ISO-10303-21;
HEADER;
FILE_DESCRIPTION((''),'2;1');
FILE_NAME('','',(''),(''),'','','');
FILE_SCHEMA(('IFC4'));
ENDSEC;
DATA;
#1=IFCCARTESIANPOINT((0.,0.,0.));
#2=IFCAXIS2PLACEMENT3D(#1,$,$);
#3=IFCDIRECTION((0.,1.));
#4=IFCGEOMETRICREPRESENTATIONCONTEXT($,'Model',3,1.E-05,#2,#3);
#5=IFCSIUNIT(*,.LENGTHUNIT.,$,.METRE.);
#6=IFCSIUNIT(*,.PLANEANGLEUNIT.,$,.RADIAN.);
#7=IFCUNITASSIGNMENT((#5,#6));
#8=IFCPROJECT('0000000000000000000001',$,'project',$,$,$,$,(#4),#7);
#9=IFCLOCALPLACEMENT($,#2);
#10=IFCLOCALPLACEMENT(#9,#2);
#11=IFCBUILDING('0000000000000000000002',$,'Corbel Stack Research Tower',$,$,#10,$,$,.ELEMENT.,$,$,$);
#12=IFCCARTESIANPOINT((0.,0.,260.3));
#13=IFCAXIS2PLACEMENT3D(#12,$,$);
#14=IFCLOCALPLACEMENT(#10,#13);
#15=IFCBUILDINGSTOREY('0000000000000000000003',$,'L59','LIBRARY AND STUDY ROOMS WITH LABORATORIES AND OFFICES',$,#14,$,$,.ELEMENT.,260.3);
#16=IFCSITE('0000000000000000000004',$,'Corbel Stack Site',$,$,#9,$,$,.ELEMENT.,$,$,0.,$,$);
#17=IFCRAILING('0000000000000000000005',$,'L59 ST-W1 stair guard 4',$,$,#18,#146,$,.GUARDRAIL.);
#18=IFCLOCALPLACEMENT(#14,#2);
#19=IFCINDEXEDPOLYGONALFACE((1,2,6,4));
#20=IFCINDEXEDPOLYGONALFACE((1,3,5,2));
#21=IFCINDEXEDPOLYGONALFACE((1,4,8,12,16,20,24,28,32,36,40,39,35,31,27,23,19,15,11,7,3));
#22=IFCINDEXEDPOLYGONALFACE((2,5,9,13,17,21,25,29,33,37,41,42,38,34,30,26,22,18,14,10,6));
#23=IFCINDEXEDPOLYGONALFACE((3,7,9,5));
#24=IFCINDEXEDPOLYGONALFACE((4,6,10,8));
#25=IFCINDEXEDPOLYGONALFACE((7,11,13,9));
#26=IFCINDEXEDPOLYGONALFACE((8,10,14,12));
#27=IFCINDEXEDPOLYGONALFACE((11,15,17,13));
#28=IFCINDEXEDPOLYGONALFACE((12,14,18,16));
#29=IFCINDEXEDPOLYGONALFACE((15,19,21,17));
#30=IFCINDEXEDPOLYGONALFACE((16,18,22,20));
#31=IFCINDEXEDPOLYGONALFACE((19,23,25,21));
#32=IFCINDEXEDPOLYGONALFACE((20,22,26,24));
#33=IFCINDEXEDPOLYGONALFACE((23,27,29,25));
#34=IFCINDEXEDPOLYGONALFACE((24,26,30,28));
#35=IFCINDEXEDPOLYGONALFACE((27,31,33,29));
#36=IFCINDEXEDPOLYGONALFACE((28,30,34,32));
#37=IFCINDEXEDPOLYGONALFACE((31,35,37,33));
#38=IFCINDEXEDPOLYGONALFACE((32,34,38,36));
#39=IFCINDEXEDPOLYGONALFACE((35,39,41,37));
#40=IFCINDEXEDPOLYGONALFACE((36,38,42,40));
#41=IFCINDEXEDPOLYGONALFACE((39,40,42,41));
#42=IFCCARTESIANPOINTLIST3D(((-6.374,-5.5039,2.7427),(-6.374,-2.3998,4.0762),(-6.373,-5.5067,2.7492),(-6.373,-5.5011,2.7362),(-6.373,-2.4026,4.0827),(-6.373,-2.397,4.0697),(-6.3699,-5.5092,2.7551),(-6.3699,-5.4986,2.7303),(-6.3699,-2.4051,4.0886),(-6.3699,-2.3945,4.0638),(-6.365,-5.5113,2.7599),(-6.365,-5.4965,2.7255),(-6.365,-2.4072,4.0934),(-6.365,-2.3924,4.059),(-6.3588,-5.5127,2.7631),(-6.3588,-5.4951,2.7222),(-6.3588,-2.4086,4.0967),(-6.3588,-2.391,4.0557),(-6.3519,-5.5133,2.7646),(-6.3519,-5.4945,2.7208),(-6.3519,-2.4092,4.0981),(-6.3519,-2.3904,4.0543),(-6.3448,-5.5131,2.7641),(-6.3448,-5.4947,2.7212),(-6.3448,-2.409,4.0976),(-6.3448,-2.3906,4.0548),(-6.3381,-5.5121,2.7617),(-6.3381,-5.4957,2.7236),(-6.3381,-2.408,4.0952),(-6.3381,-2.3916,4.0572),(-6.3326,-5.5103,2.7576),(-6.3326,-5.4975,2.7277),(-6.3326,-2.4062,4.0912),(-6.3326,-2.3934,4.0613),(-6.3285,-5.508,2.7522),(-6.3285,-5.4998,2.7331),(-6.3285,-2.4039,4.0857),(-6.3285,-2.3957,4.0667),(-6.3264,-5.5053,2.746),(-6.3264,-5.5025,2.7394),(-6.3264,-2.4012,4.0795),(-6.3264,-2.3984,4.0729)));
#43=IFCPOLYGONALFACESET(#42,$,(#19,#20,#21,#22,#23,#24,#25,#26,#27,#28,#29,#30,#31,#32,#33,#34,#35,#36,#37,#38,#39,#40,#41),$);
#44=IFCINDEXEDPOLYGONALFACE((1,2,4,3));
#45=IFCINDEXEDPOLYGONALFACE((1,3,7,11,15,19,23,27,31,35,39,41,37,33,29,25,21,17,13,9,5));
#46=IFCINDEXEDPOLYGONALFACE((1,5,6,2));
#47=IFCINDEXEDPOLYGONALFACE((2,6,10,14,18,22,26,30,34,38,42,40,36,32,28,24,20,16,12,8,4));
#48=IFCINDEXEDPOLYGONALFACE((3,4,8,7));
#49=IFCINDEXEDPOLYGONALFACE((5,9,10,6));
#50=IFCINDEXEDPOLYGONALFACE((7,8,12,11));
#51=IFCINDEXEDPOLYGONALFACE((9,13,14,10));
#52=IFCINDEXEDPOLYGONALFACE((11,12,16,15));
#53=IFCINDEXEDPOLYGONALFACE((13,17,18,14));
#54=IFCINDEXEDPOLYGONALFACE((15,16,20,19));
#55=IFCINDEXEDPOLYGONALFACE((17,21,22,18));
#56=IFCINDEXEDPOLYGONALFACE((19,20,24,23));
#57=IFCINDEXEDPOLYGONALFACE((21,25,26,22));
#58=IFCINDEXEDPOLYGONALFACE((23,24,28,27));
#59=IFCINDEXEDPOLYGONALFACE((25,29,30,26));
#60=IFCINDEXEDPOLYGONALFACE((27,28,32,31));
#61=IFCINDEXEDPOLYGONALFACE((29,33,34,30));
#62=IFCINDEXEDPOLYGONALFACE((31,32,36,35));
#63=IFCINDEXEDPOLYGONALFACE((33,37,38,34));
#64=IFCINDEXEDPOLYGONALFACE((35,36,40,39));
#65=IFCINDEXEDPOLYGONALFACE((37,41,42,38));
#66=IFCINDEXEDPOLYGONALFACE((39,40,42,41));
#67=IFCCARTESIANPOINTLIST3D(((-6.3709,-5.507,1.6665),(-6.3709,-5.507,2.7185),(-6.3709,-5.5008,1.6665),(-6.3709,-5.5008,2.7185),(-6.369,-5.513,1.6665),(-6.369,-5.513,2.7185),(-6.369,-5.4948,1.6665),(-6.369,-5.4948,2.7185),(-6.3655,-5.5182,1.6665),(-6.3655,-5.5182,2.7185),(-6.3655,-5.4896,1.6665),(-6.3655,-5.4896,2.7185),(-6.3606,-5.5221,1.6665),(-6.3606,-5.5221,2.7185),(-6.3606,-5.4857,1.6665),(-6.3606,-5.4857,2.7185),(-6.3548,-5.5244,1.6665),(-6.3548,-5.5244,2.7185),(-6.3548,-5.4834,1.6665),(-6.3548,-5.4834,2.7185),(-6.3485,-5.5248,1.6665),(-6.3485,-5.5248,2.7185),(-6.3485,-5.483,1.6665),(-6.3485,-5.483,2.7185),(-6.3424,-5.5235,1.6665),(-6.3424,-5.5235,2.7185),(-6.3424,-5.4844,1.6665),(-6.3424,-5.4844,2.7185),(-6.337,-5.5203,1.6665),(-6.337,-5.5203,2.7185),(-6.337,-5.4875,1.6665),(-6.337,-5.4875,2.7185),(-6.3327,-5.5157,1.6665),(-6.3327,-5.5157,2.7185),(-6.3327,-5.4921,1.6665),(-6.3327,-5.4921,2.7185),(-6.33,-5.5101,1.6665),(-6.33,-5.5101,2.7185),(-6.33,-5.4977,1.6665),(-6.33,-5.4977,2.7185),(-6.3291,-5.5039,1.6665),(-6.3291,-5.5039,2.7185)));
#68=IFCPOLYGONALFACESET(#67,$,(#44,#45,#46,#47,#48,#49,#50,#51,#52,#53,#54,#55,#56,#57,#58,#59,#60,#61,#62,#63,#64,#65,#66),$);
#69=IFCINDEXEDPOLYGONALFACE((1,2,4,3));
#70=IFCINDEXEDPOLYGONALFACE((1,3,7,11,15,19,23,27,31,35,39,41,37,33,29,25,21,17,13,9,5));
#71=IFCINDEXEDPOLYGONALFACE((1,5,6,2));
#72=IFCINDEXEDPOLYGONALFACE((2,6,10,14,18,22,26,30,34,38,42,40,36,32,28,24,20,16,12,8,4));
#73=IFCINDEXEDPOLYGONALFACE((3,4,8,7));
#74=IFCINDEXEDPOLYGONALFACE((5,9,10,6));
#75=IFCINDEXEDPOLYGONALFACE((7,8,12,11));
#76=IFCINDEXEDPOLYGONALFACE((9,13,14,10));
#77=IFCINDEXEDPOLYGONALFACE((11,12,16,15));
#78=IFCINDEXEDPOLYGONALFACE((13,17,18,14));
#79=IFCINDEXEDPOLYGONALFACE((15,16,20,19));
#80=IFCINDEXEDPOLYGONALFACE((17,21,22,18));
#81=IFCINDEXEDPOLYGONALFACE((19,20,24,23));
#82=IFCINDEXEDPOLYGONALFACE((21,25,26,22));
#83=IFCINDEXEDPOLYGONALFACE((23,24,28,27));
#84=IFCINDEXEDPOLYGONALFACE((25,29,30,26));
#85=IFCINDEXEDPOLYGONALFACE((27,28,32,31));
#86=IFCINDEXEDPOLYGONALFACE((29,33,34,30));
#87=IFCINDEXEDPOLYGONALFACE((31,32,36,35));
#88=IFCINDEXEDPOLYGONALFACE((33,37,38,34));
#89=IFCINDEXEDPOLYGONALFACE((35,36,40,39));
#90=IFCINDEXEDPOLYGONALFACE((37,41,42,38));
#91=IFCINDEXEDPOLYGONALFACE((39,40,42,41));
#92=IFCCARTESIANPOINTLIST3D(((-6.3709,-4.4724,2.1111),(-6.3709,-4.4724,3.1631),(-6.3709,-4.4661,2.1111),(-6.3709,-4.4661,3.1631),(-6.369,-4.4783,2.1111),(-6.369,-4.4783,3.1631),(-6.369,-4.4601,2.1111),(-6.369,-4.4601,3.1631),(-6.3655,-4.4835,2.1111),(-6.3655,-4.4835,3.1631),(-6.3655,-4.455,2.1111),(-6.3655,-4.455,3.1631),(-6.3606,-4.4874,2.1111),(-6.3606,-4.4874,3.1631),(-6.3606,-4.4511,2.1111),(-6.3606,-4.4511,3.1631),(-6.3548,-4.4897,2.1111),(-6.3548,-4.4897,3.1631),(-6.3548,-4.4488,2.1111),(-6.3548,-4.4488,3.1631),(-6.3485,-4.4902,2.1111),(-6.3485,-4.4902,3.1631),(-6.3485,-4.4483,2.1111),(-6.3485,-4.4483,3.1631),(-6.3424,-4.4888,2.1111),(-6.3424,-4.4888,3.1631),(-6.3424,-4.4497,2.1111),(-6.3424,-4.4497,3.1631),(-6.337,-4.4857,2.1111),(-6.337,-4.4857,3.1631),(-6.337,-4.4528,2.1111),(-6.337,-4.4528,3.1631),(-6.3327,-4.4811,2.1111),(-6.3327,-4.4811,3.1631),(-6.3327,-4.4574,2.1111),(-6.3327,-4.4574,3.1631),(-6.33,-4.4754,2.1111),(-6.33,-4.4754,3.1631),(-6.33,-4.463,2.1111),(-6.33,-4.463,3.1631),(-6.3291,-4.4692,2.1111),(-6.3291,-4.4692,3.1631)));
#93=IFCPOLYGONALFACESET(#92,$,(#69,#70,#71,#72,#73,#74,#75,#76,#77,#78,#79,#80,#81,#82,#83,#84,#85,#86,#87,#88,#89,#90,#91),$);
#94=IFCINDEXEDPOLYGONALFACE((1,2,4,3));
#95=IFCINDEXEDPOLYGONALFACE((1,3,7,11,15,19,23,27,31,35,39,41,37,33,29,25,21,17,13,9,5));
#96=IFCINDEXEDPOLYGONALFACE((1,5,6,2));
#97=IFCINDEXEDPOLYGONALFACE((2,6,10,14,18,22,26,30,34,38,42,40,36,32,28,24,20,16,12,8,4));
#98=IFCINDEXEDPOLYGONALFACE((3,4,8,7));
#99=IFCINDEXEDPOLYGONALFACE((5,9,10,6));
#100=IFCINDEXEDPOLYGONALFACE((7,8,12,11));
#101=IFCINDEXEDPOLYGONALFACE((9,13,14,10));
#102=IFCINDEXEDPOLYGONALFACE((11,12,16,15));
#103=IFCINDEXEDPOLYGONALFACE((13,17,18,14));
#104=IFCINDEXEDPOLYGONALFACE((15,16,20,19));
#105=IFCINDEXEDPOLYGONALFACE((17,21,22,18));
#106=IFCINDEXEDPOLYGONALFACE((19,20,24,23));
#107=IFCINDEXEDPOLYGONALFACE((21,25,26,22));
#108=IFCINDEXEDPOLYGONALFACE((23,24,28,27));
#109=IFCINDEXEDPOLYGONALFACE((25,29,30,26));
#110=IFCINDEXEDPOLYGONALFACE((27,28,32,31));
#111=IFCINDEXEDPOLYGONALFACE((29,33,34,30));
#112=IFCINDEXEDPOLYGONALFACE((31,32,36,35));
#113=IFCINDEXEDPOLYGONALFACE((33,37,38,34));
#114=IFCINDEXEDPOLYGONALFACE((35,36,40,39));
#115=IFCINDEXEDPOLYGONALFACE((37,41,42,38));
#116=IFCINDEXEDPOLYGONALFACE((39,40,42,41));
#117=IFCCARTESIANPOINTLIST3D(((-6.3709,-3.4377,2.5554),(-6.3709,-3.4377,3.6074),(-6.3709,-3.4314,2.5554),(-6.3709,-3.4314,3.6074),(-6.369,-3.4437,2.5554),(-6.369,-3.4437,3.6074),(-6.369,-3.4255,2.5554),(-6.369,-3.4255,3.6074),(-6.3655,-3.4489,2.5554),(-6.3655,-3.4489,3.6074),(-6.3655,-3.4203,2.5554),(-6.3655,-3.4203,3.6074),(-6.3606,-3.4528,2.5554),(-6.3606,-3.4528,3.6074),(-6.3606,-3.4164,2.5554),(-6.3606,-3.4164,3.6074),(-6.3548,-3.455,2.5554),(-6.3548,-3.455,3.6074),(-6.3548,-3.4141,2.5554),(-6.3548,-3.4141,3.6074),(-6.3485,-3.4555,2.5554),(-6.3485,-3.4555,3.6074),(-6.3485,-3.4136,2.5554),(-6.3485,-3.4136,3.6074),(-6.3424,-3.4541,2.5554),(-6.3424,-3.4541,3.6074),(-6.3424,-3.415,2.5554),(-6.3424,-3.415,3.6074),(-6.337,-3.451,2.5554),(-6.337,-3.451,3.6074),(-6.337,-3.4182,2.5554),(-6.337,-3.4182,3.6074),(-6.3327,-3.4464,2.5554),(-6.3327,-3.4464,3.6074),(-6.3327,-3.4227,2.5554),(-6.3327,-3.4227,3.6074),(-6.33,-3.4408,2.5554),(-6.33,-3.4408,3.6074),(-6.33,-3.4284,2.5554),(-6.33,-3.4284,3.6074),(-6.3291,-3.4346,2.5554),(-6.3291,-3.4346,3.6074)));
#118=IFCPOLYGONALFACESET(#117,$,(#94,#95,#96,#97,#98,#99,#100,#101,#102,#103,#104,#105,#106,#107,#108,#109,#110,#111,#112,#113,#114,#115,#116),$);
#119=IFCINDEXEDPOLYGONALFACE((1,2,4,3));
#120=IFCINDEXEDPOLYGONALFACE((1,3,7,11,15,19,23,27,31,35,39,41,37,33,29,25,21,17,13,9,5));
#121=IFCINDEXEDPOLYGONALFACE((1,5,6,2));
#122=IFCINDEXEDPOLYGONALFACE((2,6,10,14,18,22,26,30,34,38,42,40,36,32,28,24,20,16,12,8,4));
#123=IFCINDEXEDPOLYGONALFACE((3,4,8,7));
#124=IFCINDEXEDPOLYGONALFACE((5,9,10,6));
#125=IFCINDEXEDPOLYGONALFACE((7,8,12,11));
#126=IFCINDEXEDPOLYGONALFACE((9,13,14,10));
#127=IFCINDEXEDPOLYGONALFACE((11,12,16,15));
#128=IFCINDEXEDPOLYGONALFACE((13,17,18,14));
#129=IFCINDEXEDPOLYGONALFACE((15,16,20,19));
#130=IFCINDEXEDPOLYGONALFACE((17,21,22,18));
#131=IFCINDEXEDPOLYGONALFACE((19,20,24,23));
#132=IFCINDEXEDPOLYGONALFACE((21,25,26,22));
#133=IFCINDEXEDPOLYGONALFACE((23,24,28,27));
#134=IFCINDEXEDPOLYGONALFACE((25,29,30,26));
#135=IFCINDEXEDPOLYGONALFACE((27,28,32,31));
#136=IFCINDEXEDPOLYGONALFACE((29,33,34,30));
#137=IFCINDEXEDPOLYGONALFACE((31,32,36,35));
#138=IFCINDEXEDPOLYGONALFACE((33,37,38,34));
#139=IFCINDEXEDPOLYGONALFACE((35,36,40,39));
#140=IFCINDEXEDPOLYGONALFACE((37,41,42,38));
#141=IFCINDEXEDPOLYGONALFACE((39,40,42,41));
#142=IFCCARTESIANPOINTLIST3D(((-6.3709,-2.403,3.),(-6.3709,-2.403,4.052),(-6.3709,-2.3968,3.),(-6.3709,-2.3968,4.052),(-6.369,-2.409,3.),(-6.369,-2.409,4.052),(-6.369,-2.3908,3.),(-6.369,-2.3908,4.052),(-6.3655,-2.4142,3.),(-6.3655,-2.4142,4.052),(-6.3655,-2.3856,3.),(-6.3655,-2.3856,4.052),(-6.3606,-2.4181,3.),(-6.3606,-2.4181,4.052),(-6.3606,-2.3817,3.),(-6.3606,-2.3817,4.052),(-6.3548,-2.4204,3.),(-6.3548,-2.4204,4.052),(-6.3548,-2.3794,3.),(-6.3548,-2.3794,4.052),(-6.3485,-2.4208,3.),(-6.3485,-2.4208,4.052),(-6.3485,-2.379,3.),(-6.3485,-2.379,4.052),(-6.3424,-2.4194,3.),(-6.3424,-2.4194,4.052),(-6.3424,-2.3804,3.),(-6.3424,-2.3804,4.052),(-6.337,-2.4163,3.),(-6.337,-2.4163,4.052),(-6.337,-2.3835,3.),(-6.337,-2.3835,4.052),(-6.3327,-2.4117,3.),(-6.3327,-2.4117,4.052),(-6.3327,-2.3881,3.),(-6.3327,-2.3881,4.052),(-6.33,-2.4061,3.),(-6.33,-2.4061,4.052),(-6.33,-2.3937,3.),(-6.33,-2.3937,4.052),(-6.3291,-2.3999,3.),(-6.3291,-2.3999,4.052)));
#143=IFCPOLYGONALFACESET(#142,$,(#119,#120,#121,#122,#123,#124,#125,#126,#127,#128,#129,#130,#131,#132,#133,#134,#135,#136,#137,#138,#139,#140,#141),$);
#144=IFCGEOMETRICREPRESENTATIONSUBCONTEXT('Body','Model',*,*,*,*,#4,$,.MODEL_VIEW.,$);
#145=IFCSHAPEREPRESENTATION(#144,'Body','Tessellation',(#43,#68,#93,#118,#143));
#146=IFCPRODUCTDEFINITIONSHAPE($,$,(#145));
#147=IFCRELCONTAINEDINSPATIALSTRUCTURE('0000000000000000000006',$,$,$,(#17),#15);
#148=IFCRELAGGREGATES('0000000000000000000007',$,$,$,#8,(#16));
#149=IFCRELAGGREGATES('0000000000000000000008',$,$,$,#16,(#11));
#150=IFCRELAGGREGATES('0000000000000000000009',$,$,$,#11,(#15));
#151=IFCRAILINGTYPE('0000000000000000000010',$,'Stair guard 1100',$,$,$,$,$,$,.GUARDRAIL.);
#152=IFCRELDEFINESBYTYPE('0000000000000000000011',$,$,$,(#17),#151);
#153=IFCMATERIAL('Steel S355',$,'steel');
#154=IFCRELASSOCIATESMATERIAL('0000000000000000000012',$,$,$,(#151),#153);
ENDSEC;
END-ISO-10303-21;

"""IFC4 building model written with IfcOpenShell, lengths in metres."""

from ifc_helpers import new_model, si_unit, direction, frame, origin, origin_2d, place, context, subcontext, project, spatial, circle, extrude, material, type_object, element, save


model = new_model("IFC4")

# Units and contexts
model_context = context("Model", 3, precision=1e-05, world=origin(), true_north=direction((0.0, 1.0)))
body_context = subcontext(model_context, "Body", "Model", "MODEL_VIEW")
ifc_project = project(units=[si_unit("LENGTHUNIT", "METRE"), si_unit("PLANEANGLEUNIT", "RADIAN")], contexts=[model_context])

# Site, building, storey
site_placement = place(None, origin())
site = spatial("IfcSite", under=ifc_project, at=site_placement, Name="Corbel Stack Site", CompositionType="ELEMENT", RefElevation=0.0)
building_placement = place(site_placement, origin())
building = spatial("IfcBuilding", under=site, at=building_placement, Name="Corbel Stack Research Tower", CompositionType="ELEMENT")
storey_placement = place(building_placement, frame((0.0, 0.0, 260.3)))
storey = spatial("IfcBuildingStorey", under=building, at=storey_placement, Name="L59", Description="LIBRARY AND STUDY ROOMS WITH LABORATORIES AND OFFICES", CompositionType="ELEMENT", Elevation=260.3)

# Railing
ifc_material_1 = material(Name="Steel S355", Category="steel")
railing_type = type_object("IfcRailingType", Name="Stair guard 1100", PredefinedType="GUARDRAIL", material=ifc_material_1)
railing_1_placement = place(storey_placement, frame((-6.3501, -5.5039, 1.6665)))
element("IfcRailing", 1, at=railing_1_placement, inside=storey, type_object=railing_type, Name="L59 ST-W1 stair guard 4", PredefinedType="GUARDRAIL", context=body_context, shape_type="SweptSolid", body=[
    extrude(circle(Radius=0.0239, at=origin_2d()), frame((0.0, 0.0, 1.0762), z_axis=(0.0, 0.918801, 0.394722), x_axis=(-1.0, 0.0, 0.0)), (0.0, 0.0, 1.0), 3.3784),
    extrude(circle(Radius=0.021, at=origin_2d()), origin(), (0.0, 0.0, 1.0), 1.052),
    extrude(circle(Radius=0.021, at=origin_2d()), frame((0.0, 1.0347, 0.4446)), (0.0, 0.0, 1.0), 1.052),
    extrude(circle(Radius=0.021, at=origin_2d()), frame((0.0, 2.0693, 0.8889)), (0.0, 0.0, 1.0), 1.052),
    extrude(circle(Radius=0.021, at=origin_2d()), frame((0.0, 3.104, 1.3335)), (0.0, 0.0, 1.0), 1.052),
])

save(model, "model.ifc")
